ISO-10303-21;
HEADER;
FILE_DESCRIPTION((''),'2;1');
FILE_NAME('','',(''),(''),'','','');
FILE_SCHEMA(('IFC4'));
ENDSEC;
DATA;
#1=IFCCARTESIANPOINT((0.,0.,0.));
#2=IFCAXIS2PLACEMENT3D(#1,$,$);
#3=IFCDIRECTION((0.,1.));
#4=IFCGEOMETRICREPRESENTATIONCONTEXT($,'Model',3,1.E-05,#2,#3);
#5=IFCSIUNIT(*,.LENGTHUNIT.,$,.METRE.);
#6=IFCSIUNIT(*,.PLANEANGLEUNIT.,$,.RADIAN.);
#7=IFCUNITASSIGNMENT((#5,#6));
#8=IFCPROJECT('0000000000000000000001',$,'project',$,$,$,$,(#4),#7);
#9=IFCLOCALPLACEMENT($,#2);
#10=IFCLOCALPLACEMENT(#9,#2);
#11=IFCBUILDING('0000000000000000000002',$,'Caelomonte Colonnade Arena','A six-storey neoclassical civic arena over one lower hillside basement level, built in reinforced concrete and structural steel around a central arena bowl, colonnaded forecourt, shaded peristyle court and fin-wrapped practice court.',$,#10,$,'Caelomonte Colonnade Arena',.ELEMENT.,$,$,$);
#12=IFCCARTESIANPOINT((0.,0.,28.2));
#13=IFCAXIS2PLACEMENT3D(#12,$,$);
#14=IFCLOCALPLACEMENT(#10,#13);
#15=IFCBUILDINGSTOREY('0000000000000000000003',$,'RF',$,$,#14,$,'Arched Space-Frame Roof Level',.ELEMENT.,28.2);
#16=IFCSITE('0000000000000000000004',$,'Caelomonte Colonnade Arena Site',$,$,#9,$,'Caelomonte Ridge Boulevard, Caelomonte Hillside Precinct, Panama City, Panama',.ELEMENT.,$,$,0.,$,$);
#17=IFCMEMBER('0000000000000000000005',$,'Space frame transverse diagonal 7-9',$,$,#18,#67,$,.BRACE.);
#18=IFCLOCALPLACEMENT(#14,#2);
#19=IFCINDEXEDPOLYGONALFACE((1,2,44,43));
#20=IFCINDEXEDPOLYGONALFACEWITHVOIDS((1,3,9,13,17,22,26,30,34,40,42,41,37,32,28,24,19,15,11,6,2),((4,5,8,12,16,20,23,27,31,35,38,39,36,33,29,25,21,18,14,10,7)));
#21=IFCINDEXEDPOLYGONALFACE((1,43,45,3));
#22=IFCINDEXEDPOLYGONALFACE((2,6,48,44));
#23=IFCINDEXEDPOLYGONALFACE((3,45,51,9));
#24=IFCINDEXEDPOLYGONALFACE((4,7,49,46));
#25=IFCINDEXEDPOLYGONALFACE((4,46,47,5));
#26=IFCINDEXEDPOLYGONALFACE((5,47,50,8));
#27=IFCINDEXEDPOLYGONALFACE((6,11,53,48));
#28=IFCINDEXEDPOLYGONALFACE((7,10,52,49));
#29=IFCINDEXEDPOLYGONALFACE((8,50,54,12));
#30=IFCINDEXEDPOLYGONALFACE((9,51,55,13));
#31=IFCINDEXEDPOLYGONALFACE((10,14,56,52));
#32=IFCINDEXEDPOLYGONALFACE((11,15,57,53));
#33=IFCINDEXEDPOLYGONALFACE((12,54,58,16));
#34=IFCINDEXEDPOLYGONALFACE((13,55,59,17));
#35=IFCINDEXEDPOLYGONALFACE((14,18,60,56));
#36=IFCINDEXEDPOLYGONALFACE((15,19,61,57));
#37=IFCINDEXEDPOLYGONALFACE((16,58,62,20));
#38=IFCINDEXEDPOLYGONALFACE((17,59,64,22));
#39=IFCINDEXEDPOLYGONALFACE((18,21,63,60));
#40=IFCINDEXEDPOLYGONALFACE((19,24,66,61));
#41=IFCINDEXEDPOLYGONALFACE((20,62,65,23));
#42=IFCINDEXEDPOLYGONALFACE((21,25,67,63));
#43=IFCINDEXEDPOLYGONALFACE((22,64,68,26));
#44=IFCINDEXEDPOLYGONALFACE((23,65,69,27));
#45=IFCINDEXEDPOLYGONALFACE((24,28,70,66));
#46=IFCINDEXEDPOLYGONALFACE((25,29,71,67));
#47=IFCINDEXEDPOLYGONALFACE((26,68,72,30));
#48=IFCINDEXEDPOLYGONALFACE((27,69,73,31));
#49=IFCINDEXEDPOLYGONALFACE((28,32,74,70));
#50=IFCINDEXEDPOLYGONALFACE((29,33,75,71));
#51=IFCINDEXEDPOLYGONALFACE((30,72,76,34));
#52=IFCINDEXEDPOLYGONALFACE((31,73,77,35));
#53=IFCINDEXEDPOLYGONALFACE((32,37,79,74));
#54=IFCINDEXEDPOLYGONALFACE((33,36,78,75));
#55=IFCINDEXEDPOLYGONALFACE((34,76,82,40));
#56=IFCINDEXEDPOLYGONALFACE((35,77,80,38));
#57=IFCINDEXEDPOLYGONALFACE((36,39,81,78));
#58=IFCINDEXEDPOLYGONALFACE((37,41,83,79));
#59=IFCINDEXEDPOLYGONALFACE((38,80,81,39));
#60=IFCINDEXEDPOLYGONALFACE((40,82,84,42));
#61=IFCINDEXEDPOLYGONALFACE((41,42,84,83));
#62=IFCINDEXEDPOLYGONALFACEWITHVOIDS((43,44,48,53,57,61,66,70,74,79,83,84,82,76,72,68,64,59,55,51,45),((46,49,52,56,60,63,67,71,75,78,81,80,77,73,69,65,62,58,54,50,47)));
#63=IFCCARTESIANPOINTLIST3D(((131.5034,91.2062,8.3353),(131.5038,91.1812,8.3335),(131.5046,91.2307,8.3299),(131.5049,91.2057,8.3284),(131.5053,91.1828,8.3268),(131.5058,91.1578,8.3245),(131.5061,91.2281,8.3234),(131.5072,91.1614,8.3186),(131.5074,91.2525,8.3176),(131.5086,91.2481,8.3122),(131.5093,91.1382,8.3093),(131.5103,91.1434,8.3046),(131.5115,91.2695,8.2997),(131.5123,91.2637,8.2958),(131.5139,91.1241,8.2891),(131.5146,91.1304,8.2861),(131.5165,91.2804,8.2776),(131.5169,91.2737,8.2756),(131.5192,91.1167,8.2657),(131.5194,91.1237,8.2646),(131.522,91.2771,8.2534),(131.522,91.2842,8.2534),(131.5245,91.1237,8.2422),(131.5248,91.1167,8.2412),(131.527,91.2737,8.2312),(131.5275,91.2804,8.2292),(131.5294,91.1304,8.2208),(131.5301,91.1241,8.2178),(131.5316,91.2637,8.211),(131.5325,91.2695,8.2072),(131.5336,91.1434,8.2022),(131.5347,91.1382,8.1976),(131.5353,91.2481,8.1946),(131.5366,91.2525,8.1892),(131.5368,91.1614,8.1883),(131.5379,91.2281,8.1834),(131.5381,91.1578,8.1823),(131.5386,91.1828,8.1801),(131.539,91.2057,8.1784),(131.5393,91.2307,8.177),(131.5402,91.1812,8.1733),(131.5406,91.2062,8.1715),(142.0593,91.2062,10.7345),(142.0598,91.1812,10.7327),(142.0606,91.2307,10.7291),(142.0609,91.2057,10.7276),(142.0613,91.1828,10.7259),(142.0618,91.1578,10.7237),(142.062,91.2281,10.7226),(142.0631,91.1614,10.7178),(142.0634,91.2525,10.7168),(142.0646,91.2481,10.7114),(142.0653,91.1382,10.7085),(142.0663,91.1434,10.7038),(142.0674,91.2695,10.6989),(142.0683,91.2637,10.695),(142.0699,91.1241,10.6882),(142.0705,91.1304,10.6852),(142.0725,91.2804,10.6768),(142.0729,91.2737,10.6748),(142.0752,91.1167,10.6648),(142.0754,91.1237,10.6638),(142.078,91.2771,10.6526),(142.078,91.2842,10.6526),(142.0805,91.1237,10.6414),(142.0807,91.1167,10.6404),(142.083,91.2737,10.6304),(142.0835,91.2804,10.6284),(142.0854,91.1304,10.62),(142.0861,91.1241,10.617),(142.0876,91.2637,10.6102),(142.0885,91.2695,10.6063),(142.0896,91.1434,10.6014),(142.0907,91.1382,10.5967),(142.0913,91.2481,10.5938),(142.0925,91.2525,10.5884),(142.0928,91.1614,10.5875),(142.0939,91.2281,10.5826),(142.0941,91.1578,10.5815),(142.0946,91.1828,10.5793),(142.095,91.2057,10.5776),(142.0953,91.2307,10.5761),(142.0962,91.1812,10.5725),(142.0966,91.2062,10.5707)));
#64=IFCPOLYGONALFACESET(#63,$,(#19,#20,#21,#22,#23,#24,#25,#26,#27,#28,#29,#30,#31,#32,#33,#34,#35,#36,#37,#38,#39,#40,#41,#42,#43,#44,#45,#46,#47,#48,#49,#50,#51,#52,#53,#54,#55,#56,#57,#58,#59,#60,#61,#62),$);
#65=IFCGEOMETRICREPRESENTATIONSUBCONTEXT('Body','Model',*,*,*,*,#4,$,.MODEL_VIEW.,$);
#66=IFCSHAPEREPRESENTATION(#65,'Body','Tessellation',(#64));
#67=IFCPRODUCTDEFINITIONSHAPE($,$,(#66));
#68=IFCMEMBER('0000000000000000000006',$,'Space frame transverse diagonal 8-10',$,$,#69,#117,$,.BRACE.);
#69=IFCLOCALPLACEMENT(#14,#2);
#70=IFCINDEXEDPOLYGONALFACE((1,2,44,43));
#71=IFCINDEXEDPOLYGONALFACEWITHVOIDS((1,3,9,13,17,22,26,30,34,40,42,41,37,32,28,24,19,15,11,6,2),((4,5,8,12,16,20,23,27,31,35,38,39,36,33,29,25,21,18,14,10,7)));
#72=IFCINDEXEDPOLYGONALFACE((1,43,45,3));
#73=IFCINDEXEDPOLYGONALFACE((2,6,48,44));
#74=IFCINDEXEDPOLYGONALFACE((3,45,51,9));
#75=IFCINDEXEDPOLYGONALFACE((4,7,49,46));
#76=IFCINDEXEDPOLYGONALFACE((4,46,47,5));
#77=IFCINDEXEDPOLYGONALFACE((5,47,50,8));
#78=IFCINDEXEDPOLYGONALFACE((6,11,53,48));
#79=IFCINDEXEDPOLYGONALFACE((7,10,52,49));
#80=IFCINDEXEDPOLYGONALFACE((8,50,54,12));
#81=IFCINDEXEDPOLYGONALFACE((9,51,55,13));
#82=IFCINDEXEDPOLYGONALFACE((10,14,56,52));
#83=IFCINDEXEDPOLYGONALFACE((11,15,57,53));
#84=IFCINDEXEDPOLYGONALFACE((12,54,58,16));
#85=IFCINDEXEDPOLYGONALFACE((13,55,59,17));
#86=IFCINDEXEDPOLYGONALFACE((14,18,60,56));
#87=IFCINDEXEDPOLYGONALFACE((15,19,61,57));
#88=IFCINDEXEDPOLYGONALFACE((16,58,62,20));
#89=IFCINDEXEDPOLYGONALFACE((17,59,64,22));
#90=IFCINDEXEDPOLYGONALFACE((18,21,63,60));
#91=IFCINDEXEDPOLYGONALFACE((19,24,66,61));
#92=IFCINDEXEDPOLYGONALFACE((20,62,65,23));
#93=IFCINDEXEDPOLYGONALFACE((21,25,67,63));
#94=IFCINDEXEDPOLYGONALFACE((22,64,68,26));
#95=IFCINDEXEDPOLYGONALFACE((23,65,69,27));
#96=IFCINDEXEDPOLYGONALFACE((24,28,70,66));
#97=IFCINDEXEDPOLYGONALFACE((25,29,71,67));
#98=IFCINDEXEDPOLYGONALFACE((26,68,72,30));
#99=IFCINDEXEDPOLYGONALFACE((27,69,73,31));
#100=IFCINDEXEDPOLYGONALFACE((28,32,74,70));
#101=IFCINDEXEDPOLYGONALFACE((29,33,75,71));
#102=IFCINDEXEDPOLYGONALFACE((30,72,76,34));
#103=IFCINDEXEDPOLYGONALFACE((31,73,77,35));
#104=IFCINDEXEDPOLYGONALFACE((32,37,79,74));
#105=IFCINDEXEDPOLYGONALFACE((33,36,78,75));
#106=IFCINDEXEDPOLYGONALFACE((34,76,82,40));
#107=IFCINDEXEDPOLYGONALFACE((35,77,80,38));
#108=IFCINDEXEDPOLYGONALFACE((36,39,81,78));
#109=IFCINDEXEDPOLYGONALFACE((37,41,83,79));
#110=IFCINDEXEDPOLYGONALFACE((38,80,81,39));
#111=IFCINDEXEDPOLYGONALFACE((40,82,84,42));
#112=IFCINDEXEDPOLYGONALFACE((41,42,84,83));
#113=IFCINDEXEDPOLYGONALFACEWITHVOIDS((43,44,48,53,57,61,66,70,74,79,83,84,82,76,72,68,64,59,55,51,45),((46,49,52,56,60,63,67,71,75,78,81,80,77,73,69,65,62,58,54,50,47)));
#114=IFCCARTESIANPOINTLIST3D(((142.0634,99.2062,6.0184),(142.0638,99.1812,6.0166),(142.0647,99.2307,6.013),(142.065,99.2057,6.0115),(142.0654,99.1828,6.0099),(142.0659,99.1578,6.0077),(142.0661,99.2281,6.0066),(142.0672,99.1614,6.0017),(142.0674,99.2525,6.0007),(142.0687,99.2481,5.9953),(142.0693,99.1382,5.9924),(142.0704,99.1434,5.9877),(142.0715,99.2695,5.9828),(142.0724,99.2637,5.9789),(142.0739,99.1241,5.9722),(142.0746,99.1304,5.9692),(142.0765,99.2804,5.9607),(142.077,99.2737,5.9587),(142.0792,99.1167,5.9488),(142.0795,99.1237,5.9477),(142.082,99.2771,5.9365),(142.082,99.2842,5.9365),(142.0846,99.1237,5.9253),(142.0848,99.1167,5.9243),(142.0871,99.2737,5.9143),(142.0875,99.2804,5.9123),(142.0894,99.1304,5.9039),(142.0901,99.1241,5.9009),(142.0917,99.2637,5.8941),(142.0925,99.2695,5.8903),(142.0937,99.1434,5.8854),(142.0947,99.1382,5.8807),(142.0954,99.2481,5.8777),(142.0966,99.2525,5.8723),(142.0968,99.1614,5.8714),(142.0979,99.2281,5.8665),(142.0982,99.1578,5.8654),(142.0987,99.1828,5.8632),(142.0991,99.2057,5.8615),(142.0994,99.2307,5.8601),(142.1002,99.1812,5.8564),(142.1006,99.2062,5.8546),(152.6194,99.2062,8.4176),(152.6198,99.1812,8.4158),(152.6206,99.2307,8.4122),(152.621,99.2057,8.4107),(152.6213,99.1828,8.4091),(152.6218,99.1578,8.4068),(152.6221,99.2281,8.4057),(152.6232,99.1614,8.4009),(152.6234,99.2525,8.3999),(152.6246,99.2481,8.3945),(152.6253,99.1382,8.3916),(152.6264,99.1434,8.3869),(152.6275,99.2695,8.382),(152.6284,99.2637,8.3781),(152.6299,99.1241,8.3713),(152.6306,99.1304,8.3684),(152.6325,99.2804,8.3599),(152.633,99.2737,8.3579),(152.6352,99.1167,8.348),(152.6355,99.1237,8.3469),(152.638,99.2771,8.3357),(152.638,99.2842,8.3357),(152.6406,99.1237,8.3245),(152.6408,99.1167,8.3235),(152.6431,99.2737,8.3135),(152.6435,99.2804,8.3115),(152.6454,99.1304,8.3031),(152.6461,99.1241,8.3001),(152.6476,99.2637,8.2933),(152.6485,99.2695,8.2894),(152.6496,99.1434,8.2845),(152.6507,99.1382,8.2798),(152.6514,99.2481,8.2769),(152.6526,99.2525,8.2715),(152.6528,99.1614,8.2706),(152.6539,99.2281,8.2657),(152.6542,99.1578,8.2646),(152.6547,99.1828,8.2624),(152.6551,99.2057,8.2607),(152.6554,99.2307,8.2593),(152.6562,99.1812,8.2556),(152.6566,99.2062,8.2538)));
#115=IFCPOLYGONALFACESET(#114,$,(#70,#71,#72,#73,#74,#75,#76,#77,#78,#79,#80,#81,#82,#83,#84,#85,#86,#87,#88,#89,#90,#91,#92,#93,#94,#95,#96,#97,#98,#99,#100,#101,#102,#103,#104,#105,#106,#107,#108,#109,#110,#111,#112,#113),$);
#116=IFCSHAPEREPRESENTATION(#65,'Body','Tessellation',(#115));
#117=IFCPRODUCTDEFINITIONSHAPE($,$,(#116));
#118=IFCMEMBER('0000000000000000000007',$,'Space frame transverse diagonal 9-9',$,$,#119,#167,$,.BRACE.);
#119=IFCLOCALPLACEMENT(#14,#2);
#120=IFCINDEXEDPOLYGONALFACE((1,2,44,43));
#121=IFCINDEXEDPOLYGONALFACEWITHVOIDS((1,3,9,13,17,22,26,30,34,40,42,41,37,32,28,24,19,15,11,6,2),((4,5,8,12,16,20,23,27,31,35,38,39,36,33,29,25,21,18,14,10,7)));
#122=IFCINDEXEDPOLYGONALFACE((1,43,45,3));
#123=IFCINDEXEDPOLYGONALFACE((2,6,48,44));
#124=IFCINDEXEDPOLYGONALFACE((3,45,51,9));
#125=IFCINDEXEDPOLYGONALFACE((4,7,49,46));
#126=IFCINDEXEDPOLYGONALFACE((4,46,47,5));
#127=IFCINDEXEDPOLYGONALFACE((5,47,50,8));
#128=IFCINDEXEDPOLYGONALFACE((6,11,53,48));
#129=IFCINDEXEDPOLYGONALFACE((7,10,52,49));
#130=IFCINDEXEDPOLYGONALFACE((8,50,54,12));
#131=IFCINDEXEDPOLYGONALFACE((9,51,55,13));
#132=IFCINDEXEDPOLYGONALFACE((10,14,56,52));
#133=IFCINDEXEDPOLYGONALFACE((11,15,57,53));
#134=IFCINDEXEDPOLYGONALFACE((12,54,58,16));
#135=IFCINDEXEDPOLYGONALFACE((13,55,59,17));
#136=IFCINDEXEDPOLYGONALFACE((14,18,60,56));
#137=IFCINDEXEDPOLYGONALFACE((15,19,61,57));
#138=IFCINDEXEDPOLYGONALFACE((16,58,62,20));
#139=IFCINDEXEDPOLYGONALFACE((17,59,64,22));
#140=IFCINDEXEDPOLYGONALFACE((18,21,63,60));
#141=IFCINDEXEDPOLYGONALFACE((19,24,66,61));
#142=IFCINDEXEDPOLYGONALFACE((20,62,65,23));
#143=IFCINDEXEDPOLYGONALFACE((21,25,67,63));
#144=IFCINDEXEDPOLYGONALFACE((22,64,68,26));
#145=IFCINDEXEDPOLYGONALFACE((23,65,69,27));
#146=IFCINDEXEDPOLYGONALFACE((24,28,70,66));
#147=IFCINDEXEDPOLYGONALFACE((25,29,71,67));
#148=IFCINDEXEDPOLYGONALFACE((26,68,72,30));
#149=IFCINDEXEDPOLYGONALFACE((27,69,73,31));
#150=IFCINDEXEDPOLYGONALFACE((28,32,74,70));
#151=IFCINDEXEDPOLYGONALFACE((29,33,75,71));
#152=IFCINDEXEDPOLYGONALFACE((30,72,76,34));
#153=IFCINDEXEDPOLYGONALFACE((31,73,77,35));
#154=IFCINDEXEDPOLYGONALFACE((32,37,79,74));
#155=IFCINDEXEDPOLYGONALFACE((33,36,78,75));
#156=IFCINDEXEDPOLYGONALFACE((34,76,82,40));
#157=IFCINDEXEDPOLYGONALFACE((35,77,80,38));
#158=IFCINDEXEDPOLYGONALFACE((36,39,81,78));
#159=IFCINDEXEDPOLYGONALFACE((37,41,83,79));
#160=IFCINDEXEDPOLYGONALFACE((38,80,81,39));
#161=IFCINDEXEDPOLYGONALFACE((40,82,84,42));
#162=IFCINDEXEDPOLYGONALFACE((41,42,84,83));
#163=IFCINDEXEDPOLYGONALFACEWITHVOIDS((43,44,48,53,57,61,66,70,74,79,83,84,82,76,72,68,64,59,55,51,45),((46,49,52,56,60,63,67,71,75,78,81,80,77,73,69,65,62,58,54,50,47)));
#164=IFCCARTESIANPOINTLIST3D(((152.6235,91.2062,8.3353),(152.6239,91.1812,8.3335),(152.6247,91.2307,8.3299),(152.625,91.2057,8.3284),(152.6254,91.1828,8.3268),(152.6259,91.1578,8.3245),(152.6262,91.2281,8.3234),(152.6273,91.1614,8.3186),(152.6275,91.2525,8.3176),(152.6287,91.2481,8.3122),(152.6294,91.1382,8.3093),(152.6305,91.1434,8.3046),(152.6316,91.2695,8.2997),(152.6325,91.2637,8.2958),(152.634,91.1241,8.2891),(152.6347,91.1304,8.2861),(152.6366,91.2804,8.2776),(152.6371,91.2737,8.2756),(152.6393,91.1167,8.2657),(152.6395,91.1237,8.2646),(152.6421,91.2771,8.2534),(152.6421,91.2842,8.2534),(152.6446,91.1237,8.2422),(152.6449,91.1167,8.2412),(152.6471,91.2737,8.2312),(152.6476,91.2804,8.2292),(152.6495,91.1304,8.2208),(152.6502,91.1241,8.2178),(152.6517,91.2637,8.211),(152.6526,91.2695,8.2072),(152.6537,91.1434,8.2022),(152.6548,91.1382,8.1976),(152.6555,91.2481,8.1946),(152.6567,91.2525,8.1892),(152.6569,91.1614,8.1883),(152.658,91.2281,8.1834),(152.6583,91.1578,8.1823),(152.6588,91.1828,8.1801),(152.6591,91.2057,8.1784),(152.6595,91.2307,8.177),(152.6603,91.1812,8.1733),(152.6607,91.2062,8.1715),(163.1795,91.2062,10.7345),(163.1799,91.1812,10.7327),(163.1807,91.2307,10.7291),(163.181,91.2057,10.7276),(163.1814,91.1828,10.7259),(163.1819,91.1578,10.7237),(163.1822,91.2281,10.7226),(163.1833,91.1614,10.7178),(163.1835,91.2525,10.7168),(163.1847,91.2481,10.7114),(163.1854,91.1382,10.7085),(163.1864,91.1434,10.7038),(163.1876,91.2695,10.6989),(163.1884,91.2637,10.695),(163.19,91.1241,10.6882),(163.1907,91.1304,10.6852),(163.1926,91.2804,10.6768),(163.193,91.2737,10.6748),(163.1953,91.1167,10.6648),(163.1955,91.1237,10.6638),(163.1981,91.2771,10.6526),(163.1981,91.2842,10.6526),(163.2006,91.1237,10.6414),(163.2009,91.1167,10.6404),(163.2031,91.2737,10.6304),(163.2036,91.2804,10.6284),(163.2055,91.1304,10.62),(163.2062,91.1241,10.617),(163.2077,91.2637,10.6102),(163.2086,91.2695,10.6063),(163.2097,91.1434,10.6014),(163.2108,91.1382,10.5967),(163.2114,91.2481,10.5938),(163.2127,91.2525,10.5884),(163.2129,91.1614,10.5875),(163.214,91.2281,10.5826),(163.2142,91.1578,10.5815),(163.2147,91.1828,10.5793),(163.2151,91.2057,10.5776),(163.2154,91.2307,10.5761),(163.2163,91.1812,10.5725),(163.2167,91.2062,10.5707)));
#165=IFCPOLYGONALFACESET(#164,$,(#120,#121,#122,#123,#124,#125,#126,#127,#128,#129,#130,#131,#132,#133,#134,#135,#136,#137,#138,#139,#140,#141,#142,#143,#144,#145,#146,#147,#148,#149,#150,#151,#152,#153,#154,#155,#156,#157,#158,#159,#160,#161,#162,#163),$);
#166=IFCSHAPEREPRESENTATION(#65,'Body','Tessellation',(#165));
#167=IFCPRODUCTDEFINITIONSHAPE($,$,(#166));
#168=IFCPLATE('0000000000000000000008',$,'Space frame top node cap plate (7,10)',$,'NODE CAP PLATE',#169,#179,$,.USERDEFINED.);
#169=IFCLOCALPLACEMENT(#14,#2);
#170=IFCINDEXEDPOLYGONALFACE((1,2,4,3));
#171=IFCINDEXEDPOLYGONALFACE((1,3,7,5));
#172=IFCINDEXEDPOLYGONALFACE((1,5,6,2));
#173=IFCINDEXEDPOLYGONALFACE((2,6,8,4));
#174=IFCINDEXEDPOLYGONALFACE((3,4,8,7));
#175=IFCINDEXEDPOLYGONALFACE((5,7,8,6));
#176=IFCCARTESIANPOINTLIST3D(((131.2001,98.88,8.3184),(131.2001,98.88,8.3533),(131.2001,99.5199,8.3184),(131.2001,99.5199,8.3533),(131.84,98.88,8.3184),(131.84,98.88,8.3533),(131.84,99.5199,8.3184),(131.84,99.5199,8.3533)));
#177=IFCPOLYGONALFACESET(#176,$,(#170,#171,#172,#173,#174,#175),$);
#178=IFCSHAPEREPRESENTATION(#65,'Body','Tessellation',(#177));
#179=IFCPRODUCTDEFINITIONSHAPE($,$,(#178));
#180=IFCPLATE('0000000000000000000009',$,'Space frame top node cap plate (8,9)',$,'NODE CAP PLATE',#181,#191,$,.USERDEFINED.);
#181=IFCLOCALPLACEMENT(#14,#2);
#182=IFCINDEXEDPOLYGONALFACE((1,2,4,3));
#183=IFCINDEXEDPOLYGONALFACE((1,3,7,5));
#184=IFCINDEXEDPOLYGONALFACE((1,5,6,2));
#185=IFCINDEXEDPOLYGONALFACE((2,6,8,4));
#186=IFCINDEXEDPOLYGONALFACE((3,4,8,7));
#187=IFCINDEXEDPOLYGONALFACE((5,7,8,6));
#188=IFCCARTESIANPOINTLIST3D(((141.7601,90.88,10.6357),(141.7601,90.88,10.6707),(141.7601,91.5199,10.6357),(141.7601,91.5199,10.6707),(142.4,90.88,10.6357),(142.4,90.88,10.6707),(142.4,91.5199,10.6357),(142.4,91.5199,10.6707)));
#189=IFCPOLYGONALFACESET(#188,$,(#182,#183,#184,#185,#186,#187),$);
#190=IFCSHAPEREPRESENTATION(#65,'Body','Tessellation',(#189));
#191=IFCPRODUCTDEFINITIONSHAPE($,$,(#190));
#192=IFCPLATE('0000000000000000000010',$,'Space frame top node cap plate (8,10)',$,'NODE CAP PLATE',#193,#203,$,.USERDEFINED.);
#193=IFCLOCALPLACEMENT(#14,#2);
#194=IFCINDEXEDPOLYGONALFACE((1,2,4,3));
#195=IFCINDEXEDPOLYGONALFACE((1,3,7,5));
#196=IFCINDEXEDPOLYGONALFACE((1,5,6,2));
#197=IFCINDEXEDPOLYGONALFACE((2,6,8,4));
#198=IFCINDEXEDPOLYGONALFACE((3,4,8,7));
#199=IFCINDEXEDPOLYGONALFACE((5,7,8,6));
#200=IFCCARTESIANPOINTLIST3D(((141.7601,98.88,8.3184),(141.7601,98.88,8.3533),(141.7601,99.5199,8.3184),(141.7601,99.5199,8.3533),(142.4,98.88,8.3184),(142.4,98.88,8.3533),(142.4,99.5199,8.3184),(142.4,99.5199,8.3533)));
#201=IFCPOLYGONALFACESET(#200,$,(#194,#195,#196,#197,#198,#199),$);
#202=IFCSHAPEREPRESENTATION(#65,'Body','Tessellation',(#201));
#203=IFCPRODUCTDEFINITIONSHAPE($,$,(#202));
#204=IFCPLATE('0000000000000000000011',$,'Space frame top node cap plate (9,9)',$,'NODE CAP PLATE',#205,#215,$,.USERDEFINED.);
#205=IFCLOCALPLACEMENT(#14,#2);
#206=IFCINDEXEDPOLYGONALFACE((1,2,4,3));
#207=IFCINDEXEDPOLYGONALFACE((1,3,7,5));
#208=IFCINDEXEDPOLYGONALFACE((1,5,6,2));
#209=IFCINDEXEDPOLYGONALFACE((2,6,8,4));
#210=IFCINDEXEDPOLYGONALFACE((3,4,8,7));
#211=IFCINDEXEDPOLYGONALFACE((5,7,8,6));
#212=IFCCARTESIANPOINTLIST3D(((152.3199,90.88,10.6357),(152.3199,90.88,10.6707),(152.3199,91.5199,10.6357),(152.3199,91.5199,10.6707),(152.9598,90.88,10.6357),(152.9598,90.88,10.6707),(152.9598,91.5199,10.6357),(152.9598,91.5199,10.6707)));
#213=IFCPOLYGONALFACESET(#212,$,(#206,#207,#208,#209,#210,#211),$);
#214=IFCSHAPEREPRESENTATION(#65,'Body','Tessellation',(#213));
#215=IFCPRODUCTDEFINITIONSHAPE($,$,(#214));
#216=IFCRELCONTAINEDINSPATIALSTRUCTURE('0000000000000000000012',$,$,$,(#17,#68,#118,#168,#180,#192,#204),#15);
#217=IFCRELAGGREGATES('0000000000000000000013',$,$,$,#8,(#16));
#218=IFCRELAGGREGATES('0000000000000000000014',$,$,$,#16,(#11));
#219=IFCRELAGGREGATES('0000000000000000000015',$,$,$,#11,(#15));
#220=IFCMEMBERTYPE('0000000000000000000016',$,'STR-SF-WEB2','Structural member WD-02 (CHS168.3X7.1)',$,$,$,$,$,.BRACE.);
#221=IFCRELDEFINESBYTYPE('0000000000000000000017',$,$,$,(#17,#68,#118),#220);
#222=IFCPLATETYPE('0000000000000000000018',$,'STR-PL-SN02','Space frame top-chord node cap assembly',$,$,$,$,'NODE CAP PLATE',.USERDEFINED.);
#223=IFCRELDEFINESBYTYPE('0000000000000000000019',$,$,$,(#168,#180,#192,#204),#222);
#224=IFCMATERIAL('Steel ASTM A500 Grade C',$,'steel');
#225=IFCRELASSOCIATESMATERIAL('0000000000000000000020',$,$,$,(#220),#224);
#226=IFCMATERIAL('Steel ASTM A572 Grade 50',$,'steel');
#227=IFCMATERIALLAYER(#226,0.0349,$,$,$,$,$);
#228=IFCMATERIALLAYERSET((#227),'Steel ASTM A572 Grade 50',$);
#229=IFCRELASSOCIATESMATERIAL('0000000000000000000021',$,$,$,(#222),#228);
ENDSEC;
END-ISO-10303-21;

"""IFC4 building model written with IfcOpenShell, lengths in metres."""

from ifc_helpers import new_model, si_unit, direction, frame, origin, origin_2d, place, context, subcontext, project, spatial, rectangle, hollow_circle, extrude, material, layer, layer_set, material_profile, profile_set, type_object, element, save


model = new_model("IFC4")

# Units and contexts
model_context = context("Model", 3, precision=1e-05, world=origin(), true_north=direction((0.0, 1.0)))
body_context = subcontext(model_context, "Body", "Model", "MODEL_VIEW")
ifc_project = project(units=[si_unit("LENGTHUNIT", "METRE"), si_unit("PLANEANGLEUNIT", "RADIAN")], contexts=[model_context])

# Site, building, storey
site_placement = place(None, origin())
site = spatial("IfcSite", under=ifc_project, at=site_placement, Name="Caelomonte Colonnade Arena Site", LongName="Caelomonte Ridge Boulevard, Caelomonte Hillside Precinct, Panama City, Panama", CompositionType="ELEMENT", RefElevation=0.0)
building_placement = place(site_placement, origin())
building = spatial("IfcBuilding", under=site, at=building_placement, Name="Caelomonte Colonnade Arena", Description="A six-storey neoclassical civic arena over one lower hillside basement level, built in reinforced concrete and structural steel around a central arena bowl, colonnaded forecourt, shaded peristyle court and fin-wrapped practice court.", LongName="Caelomonte Colonnade Arena", CompositionType="ELEMENT")
storey_placement = place(building_placement, frame((0.0, 0.0, 28.2)))
storey = spatial("IfcBuildingStorey", under=building, at=storey_placement, Name="RF", LongName="Arched Space-Frame Roof Level", CompositionType="ELEMENT", Elevation=28.2)

# Members
ifc_material_1 = material(Name="Steel ASTM A500 Grade C", Category="steel")
ifc_material_profile_1 = material_profile(ifc_material_1, hollow_circle(Radius=0.0842, WallThickness=0.0071, at=origin_2d()), Name="CHS168.3X7.1")
ifc_profile_set_1 = profile_set([ifc_material_profile_1], Name="Steel ASTM A500 Grade C")
member_type_1 = type_object("IfcMemberType", Name="STR-SF-WEB2", Description="Structural member WD-02 (CHS168.3X7.1)", PredefinedType="BRACE", material=ifc_profile_set_1)
for number, where, z_axis, x_axis, name in (
    (1, (131.522, 91.2, 8.2534), (0.975131, 0.0, 0.22163), (0.0, 1.0, 0.0), "Space frame transverse diagonal 7-9"),
    (2, (142.082, 99.2, 5.9365), (0.975131, 0.0, 0.22163), (0.0, 1.0, 0.0), "Space frame transverse diagonal 8-10"),
    (3, (152.6421, 91.2, 8.2534), (0.975131, 0.0, 0.22163), (0.0, 1.0, 0.0), "Space frame transverse diagonal 9-9"),
):
    element("IfcMember", number, at=place(storey_placement, frame(where, z_axis=z_axis, x_axis=x_axis)), inside=storey, type_object=member_type_1, Name=name, PredefinedType="BRACE", context=body_context, shape_type="SweptSolid", body=[
        extrude(hollow_circle(Radius=0.0842, WallThickness=0.0071, at=origin_2d()), origin(), (0.0, 0.0, 1.0), 10.8252),
    ])

# Plates
ifc_material_2 = material(Name="Steel ASTM A572 Grade 50", Category="steel")
ifc_layer_1 = layer(ifc_material_2, 0.0349)
ifc_layer_set_1 = layer_set([ifc_layer_1], Name="Steel ASTM A572 Grade 50")
plate_type_1 = type_object("IfcPlateType", Name="STR-PL-SN02", Description="Space frame top-chord node cap assembly", ElementType="NODE CAP PLATE", PredefinedType="USERDEFINED", material=ifc_layer_set_1)
for number, where, z_axis, x_axis, name in (
    (4, (131.52, 99.2, 8.3184), (0.0, 0.0, 1.0), (1.0, 0.0, 0.0), "Space frame top node cap plate (7,10)"),
    (5, (142.0801, 91.2, 10.6357), (0.0, 0.0, 1.0), (1.0, 0.0, 0.0), "Space frame top node cap plate (8,9)"),
    (6, (142.0801, 99.2, 8.3184), (0.0, 0.0, 1.0), (1.0, 0.0, 0.0), "Space frame top node cap plate (8,10)"),
    (7, (152.6399, 91.2, 10.6357), (0.0, 0.0, 1.0), (1.0, 0.0, 0.0), "Space frame top node cap plate (9,9)"),
):
    element("IfcPlate", number, at=place(storey_placement, frame(where, z_axis=z_axis, x_axis=x_axis)), inside=storey, type_object=plate_type_1, Name=name, ObjectType="NODE CAP PLATE", PredefinedType="USERDEFINED", context=body_context, shape_type="SweptSolid", body=[
        extrude(rectangle(XDim=0.6399, YDim=0.6399, at=origin_2d()), origin(), (0.0, 0.0, 1.0), 0.0349),
    ])

save(model, "model.ifc")
